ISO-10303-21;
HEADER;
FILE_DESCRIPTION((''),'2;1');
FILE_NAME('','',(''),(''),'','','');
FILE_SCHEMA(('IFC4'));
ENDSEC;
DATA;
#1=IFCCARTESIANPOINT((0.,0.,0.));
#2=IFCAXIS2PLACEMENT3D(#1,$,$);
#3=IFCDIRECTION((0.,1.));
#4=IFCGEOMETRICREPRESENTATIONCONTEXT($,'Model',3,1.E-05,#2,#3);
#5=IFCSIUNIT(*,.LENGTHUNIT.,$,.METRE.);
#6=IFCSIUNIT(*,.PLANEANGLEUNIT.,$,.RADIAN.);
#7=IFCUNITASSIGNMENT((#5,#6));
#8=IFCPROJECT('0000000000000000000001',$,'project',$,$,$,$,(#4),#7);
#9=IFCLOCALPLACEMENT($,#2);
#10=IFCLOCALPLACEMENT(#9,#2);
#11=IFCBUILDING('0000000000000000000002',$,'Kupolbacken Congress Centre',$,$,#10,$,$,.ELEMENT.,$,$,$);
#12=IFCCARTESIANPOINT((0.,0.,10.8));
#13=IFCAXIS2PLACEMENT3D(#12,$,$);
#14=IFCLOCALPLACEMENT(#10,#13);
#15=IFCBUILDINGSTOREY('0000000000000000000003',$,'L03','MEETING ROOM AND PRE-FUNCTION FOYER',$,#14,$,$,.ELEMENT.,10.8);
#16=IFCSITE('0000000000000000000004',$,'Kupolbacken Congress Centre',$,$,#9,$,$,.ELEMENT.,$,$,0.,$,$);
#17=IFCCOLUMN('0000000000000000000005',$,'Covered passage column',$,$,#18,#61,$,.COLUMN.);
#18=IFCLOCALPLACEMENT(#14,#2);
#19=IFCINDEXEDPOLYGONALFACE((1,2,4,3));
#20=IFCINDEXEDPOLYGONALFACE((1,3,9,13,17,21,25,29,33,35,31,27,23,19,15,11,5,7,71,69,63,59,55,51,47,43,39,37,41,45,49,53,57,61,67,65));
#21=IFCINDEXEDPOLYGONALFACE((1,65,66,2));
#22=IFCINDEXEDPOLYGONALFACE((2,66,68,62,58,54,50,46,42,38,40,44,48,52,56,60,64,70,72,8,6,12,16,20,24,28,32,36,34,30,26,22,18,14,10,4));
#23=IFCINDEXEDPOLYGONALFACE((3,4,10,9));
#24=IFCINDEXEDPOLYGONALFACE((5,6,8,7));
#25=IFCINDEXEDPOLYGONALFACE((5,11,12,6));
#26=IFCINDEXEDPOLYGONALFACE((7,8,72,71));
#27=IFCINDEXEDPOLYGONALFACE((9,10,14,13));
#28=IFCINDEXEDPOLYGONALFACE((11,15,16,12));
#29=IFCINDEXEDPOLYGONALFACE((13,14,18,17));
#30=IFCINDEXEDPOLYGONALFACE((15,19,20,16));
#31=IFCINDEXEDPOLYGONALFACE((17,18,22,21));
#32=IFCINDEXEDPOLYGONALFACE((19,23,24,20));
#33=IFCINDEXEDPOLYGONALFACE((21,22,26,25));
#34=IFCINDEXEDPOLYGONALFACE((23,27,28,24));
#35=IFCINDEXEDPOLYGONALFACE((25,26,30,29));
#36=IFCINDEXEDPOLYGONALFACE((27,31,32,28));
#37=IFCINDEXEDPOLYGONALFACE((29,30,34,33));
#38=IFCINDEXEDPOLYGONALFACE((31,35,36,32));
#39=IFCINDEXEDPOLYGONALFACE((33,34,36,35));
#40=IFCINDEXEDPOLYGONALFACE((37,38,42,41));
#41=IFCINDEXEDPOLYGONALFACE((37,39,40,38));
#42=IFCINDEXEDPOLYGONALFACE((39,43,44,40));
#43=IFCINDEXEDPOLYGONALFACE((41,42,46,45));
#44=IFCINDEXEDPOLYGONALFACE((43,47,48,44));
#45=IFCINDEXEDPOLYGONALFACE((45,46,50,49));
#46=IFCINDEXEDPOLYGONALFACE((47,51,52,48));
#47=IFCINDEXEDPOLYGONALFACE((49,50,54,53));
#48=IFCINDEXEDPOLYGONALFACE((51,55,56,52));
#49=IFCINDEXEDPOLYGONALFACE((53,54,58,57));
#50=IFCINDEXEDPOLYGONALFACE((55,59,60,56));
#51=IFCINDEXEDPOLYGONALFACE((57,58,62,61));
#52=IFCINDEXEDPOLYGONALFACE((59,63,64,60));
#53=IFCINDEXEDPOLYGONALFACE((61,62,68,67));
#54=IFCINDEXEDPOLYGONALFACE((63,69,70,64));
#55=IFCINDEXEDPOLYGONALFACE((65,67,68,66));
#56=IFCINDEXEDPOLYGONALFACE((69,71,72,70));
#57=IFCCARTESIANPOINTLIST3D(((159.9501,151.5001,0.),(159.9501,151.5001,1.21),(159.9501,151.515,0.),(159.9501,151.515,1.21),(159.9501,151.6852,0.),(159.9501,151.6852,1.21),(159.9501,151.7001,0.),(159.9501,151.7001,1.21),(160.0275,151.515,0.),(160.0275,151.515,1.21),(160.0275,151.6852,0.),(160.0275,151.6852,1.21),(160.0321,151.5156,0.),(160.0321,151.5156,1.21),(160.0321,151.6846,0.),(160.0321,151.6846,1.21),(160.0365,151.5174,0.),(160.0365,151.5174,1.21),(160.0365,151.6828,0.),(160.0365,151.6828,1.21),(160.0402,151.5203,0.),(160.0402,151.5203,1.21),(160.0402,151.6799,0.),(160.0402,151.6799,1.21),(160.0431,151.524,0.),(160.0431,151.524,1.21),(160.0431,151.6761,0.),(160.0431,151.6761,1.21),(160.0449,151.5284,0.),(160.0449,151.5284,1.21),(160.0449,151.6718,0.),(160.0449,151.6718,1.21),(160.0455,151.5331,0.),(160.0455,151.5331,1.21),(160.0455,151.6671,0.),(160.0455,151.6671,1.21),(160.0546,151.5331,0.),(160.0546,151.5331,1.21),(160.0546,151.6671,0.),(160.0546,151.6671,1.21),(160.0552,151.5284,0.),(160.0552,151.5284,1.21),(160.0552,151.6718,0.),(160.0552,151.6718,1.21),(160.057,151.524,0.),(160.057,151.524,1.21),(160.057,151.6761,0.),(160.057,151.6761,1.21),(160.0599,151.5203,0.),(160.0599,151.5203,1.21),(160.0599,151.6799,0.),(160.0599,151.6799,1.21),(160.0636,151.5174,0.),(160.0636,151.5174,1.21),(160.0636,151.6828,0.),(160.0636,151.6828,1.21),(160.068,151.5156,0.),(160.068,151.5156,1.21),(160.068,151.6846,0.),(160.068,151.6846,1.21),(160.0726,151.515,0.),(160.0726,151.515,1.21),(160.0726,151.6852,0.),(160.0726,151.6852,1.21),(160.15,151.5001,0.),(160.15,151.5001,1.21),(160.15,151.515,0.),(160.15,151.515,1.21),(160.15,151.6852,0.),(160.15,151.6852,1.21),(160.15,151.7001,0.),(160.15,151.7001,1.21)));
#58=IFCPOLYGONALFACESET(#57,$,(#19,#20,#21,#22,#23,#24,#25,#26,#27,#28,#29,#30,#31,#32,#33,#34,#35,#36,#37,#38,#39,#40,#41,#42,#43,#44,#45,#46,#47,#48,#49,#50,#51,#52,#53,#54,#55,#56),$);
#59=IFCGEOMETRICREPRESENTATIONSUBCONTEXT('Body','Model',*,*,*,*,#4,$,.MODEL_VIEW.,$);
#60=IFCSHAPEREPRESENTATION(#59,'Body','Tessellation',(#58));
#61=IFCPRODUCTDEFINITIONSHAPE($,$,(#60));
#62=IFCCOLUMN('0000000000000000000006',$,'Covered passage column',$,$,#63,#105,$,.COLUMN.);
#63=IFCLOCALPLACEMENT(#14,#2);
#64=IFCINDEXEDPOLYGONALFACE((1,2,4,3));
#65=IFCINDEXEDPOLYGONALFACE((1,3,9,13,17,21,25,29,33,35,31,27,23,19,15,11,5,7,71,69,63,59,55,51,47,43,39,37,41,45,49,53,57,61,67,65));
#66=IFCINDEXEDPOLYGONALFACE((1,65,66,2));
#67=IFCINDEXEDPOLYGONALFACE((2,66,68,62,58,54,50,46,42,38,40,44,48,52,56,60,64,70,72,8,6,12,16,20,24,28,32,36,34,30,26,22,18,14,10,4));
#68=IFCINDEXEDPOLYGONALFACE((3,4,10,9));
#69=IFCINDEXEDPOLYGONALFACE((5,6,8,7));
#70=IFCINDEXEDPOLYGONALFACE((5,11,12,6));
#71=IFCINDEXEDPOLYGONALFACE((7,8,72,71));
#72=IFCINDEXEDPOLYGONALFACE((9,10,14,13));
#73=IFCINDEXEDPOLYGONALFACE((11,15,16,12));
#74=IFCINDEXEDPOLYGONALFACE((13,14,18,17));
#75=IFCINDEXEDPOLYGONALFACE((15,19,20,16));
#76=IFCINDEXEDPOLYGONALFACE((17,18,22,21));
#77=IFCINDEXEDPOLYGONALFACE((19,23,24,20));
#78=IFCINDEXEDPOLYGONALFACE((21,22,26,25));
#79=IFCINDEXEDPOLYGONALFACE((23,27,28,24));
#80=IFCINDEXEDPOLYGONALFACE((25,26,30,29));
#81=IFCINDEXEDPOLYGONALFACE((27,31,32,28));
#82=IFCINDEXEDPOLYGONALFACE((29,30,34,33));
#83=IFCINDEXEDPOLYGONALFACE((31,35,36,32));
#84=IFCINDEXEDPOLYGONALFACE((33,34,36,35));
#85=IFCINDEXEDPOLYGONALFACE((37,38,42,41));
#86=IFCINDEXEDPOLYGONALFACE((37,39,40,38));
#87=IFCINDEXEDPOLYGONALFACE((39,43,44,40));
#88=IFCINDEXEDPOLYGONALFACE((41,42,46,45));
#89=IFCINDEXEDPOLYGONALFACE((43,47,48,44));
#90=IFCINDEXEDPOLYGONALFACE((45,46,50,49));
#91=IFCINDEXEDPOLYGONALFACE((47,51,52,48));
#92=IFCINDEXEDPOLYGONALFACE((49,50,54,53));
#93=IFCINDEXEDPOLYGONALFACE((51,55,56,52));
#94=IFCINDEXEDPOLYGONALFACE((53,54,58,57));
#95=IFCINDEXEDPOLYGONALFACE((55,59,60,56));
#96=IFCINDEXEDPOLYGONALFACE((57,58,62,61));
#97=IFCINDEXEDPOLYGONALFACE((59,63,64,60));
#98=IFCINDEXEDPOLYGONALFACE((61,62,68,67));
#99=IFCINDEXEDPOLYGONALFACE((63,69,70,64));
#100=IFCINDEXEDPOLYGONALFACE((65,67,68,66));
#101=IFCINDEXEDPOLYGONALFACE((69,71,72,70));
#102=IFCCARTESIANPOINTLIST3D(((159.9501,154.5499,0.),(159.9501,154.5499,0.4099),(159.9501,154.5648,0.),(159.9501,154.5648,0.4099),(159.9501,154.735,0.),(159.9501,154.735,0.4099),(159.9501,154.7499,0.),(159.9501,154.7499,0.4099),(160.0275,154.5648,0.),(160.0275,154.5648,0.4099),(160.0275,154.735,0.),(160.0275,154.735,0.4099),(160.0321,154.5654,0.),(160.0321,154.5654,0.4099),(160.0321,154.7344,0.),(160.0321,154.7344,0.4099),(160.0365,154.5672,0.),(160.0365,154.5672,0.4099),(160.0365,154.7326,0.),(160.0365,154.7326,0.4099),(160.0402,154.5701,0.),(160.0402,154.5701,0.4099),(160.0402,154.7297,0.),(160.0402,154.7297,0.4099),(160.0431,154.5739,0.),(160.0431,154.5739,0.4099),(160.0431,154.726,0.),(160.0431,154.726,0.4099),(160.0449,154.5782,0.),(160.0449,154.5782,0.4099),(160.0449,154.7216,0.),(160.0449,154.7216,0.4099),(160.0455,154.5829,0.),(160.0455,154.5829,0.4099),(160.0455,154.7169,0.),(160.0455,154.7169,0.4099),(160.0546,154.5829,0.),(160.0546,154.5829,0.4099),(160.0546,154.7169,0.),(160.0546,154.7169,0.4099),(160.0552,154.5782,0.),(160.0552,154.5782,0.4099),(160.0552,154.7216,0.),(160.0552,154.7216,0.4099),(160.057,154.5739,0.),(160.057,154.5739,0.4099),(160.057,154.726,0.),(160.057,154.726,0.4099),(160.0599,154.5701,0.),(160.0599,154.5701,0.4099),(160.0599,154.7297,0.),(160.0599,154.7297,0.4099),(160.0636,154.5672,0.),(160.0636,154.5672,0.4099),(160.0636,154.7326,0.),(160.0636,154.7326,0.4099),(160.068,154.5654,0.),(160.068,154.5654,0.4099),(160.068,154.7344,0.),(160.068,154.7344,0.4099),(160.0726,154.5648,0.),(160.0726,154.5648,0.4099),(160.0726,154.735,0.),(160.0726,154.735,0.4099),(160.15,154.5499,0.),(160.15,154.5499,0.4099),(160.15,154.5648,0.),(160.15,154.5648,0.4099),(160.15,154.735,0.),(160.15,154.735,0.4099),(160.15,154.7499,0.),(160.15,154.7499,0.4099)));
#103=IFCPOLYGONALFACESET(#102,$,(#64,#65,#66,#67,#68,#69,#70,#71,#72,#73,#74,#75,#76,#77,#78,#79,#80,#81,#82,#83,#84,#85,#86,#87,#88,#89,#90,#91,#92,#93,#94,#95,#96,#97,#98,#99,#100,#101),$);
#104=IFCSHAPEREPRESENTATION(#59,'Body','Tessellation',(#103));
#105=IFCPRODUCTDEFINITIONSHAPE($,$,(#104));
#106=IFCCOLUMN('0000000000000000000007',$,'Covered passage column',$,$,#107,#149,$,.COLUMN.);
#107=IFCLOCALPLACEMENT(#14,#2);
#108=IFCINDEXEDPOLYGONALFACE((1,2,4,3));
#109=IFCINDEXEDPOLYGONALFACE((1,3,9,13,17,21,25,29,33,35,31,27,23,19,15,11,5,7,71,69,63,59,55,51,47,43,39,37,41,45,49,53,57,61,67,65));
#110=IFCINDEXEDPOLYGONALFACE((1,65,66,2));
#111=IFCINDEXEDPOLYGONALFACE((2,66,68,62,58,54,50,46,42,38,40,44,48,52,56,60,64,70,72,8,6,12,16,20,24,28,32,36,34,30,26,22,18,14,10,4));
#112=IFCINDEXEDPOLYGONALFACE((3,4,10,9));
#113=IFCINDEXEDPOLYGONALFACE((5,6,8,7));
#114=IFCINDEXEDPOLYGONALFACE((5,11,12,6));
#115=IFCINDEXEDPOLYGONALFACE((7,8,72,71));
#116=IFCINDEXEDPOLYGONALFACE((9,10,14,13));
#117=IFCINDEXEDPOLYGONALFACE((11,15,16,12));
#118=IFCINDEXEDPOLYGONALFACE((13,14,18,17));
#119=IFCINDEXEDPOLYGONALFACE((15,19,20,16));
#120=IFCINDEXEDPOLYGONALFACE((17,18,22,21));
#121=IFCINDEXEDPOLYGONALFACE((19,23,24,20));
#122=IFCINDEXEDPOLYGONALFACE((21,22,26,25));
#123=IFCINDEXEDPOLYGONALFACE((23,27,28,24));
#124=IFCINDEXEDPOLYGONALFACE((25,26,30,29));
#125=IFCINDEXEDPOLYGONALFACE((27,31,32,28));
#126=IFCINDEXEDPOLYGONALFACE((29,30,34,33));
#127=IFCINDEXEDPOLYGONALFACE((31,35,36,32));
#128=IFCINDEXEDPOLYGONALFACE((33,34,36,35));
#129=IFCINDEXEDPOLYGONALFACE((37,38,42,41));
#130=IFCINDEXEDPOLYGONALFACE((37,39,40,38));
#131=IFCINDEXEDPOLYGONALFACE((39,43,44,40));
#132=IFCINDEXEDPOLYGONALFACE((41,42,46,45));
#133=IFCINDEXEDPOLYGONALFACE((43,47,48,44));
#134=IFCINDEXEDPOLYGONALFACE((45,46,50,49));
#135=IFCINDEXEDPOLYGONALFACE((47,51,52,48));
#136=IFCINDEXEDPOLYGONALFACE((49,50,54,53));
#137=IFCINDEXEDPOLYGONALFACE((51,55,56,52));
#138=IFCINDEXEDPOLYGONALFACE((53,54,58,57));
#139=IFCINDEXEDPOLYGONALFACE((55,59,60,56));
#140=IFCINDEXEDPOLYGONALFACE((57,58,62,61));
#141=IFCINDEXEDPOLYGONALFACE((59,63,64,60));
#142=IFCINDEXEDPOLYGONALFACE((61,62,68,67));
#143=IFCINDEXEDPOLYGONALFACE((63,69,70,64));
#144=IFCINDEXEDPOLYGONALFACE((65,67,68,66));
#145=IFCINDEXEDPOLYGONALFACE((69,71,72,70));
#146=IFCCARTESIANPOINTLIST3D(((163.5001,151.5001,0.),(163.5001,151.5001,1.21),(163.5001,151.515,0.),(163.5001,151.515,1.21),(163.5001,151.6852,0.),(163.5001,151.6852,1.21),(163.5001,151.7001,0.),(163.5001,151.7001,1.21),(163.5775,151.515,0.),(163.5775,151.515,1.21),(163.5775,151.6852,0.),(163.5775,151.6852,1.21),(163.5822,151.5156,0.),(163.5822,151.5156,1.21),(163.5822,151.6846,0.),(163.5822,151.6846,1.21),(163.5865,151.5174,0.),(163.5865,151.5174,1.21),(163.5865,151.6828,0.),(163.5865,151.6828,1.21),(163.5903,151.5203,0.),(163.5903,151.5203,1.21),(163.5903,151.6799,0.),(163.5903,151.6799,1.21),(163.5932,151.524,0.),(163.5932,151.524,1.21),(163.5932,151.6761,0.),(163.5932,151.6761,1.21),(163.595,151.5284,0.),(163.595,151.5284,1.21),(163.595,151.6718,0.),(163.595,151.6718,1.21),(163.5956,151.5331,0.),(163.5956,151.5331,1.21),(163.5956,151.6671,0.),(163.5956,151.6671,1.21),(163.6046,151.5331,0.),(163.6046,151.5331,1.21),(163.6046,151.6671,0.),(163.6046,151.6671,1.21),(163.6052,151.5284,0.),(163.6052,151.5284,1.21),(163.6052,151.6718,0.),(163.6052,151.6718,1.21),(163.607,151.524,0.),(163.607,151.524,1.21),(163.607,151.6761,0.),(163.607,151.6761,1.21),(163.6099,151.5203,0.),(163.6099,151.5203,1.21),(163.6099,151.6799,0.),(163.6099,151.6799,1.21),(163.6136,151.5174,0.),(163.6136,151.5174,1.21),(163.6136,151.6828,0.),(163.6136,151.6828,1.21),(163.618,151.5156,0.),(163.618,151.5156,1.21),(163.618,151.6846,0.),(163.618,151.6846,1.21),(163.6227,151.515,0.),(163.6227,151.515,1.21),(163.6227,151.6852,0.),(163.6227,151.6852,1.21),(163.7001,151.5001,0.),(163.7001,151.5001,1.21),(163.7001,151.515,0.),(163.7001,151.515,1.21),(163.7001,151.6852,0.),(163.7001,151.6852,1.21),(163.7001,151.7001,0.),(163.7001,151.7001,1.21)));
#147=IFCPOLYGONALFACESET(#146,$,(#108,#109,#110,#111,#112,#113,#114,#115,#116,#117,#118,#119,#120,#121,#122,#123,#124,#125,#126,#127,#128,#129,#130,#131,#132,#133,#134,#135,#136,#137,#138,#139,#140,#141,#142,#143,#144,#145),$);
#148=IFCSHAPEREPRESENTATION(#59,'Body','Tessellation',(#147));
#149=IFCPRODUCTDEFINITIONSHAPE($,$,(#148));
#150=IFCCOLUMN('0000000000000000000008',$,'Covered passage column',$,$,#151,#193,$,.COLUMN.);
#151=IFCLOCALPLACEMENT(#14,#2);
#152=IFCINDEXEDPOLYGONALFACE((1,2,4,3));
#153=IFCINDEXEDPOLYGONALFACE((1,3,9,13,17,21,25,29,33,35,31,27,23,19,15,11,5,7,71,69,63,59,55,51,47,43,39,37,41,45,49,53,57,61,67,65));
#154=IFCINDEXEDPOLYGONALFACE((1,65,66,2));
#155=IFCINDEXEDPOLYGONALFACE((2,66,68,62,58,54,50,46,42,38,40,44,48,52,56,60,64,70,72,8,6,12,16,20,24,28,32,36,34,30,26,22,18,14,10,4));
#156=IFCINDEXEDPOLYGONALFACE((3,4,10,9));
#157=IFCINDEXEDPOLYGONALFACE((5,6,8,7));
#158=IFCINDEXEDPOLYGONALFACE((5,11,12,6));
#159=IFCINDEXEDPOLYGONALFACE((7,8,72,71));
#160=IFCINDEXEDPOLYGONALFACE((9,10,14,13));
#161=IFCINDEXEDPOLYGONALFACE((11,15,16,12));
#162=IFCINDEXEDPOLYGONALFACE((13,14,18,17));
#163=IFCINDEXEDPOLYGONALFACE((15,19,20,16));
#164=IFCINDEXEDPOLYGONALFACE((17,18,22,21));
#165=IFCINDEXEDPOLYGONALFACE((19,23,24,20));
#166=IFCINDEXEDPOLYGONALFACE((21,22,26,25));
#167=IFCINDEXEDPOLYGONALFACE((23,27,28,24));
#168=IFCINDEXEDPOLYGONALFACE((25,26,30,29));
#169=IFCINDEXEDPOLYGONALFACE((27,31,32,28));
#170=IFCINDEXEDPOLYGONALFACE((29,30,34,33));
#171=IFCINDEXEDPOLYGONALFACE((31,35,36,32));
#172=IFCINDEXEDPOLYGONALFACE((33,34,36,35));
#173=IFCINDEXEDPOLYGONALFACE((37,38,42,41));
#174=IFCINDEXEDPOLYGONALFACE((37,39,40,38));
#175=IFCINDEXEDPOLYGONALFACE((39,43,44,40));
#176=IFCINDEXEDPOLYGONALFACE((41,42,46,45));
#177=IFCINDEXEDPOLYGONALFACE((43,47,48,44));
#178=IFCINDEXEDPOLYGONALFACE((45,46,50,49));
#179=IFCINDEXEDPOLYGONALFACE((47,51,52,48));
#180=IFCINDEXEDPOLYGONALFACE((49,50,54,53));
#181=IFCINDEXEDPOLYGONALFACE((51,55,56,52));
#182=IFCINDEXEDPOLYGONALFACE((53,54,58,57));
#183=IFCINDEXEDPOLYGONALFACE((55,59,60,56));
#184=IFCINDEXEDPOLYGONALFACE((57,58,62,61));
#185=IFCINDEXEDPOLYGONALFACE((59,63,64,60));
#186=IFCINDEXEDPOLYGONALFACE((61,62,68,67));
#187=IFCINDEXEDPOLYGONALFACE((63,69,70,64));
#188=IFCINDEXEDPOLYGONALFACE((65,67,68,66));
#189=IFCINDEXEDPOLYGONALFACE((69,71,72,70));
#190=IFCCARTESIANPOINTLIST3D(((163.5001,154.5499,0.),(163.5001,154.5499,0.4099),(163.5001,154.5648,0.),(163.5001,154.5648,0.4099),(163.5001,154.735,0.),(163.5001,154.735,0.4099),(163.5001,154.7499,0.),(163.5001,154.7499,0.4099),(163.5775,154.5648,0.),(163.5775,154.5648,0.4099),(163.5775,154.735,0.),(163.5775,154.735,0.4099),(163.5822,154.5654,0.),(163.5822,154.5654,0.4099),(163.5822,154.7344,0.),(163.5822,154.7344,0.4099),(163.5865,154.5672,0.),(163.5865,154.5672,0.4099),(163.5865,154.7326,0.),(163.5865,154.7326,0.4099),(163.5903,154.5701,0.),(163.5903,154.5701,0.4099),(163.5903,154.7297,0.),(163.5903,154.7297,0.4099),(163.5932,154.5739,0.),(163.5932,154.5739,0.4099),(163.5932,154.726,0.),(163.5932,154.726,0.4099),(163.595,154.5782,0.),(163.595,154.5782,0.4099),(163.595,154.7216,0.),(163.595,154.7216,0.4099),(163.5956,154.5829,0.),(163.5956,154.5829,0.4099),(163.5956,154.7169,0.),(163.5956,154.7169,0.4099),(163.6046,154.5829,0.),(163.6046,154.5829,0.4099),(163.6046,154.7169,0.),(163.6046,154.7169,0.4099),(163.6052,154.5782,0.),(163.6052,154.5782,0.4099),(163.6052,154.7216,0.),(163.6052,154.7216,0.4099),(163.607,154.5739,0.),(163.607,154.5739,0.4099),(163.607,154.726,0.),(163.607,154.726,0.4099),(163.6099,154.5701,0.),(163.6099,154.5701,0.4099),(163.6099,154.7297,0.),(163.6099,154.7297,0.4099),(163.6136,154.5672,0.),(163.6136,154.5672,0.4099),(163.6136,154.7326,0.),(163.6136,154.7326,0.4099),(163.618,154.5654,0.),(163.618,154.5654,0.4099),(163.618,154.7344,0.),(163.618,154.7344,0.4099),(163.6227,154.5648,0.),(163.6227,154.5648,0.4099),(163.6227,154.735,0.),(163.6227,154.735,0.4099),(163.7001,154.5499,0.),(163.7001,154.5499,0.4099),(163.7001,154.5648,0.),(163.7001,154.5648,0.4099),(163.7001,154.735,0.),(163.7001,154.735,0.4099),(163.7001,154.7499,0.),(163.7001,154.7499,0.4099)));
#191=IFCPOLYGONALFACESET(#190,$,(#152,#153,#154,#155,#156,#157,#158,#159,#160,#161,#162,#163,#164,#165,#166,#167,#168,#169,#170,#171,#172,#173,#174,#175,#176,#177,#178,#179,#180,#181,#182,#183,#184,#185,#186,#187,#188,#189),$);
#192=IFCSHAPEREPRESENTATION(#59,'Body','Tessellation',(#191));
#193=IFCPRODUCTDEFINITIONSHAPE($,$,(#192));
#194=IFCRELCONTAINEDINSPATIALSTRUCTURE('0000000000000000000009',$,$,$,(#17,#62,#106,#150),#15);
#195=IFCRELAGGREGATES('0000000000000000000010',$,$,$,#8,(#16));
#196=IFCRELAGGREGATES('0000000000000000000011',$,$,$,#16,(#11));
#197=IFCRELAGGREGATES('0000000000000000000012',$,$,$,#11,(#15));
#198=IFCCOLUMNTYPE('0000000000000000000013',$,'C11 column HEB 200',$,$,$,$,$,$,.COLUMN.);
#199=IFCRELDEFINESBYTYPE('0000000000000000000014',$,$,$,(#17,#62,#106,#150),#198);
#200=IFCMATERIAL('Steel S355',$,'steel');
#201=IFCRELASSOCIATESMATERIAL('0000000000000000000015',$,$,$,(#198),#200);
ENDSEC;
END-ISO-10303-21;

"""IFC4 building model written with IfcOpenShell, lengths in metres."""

from ifc_helpers import new_model, si_unit, direction, frame, origin, origin_2d, place, context, subcontext, project, spatial, i_section, extrude, material, material_profile, profile_set, type_object, element, save


model = new_model("IFC4")

# Units and contexts
model_context = context("Model", 3, precision=1e-05, world=origin(), true_north=direction((0.0, 1.0)))
body_context = subcontext(model_context, "Body", "Model", "MODEL_VIEW")
ifc_project = project(units=[si_unit("LENGTHUNIT", "METRE"), si_unit("PLANEANGLEUNIT", "RADIAN")], contexts=[model_context])

# Site, building, storey
site_placement = place(None, origin())
site = spatial("IfcSite", under=ifc_project, at=site_placement, Name="Kupolbacken Congress Centre", CompositionType="ELEMENT", RefElevation=0.0)
building_placement = place(site_placement, origin())
building = spatial("IfcBuilding", under=site, at=building_placement, Name="Kupolbacken Congress Centre", CompositionType="ELEMENT")
storey_placement = place(building_placement, frame((0.0, 0.0, 10.8)))
storey = spatial("IfcBuildingStorey", under=building, at=storey_placement, Name="L03", Description="MEETING ROOM AND PRE-FUNCTION FOYER", CompositionType="ELEMENT", Elevation=10.8)

# Columns
ifc_material_1 = material(Name="Steel S355", Category="steel")
ifc_material_profile_1 = material_profile(ifc_material_1, i_section(OverallWidth=0.2, OverallDepth=0.2, WebThickness=0.009, FlangeThickness=0.0149, FilletRadius=0.0181, at=origin_2d()), Name="HEB 200")
ifc_profile_set_1 = profile_set([ifc_material_profile_1], Name="Steel S355")
column_type = type_object("IfcColumnType", Name="C11 column HEB 200", PredefinedType="COLUMN", material=ifc_profile_set_1)
column_1_placement = place(storey_placement, frame((160.05, 151.6001, 0.0), z_axis=(0.0, 0.0, 1.0), x_axis=(1.0, 0.0, 0.0)))
element("IfcColumn", 1, at=column_1_placement, inside=storey, type_object=column_type, Name="Covered passage column", PredefinedType="COLUMN", context=body_context, shape_type="SweptSolid", body=[
    extrude(i_section(OverallWidth=0.2, OverallDepth=0.2, WebThickness=0.009, FlangeThickness=0.0149, FilletRadius=0.0181, at=origin_2d()), origin(), (0.0, 0.0, 1.0), 1.21),
])
column_2_placement = place(storey_placement, frame((160.05, 154.6499, 0.0), z_axis=(0.0, 0.0, 1.0), x_axis=(1.0, 0.0, 0.0)))
element("IfcColumn", 2, at=column_2_placement, inside=storey, type_object=column_type, Name="Covered passage column", PredefinedType="COLUMN", context=body_context, shape_type="SweptSolid", body=[
    extrude(i_section(OverallWidth=0.2, OverallDepth=0.2, WebThickness=0.009, FlangeThickness=0.0149, FilletRadius=0.0181, at=origin_2d()), origin(), (0.0, 0.0, 1.0), 0.4099),
])
column_3_placement = place(storey_placement, frame((163.6001, 151.6001, 0.0), z_axis=(0.0, 0.0, 1.0), x_axis=(1.0, 0.0, 0.0)))
element("IfcColumn", 3, at=column_3_placement, inside=storey, type_object=column_type, Name="Covered passage column", PredefinedType="COLUMN", context=body_context, shape_type="SweptSolid", body=[
    extrude(i_section(OverallWidth=0.2, OverallDepth=0.2, WebThickness=0.009, FlangeThickness=0.0149, FilletRadius=0.0181, at=origin_2d()), origin(), (0.0, 0.0, 1.0), 1.21),
])
column_4_placement = place(storey_placement, frame((163.6001, 154.6499, 0.0), z_axis=(0.0, 0.0, 1.0), x_axis=(1.0, 0.0, 0.0)))
element("IfcColumn", 4, at=column_4_placement, inside=storey, type_object=column_type, Name="Covered passage column", PredefinedType="COLUMN", context=body_context, shape_type="SweptSolid", body=[
    extrude(i_section(OverallWidth=0.2, OverallDepth=0.2, WebThickness=0.009, FlangeThickness=0.0149, FilletRadius=0.0181, at=origin_2d()), origin(), (0.0, 0.0, 1.0), 0.4099),
])

save(model, "model.ifc")
